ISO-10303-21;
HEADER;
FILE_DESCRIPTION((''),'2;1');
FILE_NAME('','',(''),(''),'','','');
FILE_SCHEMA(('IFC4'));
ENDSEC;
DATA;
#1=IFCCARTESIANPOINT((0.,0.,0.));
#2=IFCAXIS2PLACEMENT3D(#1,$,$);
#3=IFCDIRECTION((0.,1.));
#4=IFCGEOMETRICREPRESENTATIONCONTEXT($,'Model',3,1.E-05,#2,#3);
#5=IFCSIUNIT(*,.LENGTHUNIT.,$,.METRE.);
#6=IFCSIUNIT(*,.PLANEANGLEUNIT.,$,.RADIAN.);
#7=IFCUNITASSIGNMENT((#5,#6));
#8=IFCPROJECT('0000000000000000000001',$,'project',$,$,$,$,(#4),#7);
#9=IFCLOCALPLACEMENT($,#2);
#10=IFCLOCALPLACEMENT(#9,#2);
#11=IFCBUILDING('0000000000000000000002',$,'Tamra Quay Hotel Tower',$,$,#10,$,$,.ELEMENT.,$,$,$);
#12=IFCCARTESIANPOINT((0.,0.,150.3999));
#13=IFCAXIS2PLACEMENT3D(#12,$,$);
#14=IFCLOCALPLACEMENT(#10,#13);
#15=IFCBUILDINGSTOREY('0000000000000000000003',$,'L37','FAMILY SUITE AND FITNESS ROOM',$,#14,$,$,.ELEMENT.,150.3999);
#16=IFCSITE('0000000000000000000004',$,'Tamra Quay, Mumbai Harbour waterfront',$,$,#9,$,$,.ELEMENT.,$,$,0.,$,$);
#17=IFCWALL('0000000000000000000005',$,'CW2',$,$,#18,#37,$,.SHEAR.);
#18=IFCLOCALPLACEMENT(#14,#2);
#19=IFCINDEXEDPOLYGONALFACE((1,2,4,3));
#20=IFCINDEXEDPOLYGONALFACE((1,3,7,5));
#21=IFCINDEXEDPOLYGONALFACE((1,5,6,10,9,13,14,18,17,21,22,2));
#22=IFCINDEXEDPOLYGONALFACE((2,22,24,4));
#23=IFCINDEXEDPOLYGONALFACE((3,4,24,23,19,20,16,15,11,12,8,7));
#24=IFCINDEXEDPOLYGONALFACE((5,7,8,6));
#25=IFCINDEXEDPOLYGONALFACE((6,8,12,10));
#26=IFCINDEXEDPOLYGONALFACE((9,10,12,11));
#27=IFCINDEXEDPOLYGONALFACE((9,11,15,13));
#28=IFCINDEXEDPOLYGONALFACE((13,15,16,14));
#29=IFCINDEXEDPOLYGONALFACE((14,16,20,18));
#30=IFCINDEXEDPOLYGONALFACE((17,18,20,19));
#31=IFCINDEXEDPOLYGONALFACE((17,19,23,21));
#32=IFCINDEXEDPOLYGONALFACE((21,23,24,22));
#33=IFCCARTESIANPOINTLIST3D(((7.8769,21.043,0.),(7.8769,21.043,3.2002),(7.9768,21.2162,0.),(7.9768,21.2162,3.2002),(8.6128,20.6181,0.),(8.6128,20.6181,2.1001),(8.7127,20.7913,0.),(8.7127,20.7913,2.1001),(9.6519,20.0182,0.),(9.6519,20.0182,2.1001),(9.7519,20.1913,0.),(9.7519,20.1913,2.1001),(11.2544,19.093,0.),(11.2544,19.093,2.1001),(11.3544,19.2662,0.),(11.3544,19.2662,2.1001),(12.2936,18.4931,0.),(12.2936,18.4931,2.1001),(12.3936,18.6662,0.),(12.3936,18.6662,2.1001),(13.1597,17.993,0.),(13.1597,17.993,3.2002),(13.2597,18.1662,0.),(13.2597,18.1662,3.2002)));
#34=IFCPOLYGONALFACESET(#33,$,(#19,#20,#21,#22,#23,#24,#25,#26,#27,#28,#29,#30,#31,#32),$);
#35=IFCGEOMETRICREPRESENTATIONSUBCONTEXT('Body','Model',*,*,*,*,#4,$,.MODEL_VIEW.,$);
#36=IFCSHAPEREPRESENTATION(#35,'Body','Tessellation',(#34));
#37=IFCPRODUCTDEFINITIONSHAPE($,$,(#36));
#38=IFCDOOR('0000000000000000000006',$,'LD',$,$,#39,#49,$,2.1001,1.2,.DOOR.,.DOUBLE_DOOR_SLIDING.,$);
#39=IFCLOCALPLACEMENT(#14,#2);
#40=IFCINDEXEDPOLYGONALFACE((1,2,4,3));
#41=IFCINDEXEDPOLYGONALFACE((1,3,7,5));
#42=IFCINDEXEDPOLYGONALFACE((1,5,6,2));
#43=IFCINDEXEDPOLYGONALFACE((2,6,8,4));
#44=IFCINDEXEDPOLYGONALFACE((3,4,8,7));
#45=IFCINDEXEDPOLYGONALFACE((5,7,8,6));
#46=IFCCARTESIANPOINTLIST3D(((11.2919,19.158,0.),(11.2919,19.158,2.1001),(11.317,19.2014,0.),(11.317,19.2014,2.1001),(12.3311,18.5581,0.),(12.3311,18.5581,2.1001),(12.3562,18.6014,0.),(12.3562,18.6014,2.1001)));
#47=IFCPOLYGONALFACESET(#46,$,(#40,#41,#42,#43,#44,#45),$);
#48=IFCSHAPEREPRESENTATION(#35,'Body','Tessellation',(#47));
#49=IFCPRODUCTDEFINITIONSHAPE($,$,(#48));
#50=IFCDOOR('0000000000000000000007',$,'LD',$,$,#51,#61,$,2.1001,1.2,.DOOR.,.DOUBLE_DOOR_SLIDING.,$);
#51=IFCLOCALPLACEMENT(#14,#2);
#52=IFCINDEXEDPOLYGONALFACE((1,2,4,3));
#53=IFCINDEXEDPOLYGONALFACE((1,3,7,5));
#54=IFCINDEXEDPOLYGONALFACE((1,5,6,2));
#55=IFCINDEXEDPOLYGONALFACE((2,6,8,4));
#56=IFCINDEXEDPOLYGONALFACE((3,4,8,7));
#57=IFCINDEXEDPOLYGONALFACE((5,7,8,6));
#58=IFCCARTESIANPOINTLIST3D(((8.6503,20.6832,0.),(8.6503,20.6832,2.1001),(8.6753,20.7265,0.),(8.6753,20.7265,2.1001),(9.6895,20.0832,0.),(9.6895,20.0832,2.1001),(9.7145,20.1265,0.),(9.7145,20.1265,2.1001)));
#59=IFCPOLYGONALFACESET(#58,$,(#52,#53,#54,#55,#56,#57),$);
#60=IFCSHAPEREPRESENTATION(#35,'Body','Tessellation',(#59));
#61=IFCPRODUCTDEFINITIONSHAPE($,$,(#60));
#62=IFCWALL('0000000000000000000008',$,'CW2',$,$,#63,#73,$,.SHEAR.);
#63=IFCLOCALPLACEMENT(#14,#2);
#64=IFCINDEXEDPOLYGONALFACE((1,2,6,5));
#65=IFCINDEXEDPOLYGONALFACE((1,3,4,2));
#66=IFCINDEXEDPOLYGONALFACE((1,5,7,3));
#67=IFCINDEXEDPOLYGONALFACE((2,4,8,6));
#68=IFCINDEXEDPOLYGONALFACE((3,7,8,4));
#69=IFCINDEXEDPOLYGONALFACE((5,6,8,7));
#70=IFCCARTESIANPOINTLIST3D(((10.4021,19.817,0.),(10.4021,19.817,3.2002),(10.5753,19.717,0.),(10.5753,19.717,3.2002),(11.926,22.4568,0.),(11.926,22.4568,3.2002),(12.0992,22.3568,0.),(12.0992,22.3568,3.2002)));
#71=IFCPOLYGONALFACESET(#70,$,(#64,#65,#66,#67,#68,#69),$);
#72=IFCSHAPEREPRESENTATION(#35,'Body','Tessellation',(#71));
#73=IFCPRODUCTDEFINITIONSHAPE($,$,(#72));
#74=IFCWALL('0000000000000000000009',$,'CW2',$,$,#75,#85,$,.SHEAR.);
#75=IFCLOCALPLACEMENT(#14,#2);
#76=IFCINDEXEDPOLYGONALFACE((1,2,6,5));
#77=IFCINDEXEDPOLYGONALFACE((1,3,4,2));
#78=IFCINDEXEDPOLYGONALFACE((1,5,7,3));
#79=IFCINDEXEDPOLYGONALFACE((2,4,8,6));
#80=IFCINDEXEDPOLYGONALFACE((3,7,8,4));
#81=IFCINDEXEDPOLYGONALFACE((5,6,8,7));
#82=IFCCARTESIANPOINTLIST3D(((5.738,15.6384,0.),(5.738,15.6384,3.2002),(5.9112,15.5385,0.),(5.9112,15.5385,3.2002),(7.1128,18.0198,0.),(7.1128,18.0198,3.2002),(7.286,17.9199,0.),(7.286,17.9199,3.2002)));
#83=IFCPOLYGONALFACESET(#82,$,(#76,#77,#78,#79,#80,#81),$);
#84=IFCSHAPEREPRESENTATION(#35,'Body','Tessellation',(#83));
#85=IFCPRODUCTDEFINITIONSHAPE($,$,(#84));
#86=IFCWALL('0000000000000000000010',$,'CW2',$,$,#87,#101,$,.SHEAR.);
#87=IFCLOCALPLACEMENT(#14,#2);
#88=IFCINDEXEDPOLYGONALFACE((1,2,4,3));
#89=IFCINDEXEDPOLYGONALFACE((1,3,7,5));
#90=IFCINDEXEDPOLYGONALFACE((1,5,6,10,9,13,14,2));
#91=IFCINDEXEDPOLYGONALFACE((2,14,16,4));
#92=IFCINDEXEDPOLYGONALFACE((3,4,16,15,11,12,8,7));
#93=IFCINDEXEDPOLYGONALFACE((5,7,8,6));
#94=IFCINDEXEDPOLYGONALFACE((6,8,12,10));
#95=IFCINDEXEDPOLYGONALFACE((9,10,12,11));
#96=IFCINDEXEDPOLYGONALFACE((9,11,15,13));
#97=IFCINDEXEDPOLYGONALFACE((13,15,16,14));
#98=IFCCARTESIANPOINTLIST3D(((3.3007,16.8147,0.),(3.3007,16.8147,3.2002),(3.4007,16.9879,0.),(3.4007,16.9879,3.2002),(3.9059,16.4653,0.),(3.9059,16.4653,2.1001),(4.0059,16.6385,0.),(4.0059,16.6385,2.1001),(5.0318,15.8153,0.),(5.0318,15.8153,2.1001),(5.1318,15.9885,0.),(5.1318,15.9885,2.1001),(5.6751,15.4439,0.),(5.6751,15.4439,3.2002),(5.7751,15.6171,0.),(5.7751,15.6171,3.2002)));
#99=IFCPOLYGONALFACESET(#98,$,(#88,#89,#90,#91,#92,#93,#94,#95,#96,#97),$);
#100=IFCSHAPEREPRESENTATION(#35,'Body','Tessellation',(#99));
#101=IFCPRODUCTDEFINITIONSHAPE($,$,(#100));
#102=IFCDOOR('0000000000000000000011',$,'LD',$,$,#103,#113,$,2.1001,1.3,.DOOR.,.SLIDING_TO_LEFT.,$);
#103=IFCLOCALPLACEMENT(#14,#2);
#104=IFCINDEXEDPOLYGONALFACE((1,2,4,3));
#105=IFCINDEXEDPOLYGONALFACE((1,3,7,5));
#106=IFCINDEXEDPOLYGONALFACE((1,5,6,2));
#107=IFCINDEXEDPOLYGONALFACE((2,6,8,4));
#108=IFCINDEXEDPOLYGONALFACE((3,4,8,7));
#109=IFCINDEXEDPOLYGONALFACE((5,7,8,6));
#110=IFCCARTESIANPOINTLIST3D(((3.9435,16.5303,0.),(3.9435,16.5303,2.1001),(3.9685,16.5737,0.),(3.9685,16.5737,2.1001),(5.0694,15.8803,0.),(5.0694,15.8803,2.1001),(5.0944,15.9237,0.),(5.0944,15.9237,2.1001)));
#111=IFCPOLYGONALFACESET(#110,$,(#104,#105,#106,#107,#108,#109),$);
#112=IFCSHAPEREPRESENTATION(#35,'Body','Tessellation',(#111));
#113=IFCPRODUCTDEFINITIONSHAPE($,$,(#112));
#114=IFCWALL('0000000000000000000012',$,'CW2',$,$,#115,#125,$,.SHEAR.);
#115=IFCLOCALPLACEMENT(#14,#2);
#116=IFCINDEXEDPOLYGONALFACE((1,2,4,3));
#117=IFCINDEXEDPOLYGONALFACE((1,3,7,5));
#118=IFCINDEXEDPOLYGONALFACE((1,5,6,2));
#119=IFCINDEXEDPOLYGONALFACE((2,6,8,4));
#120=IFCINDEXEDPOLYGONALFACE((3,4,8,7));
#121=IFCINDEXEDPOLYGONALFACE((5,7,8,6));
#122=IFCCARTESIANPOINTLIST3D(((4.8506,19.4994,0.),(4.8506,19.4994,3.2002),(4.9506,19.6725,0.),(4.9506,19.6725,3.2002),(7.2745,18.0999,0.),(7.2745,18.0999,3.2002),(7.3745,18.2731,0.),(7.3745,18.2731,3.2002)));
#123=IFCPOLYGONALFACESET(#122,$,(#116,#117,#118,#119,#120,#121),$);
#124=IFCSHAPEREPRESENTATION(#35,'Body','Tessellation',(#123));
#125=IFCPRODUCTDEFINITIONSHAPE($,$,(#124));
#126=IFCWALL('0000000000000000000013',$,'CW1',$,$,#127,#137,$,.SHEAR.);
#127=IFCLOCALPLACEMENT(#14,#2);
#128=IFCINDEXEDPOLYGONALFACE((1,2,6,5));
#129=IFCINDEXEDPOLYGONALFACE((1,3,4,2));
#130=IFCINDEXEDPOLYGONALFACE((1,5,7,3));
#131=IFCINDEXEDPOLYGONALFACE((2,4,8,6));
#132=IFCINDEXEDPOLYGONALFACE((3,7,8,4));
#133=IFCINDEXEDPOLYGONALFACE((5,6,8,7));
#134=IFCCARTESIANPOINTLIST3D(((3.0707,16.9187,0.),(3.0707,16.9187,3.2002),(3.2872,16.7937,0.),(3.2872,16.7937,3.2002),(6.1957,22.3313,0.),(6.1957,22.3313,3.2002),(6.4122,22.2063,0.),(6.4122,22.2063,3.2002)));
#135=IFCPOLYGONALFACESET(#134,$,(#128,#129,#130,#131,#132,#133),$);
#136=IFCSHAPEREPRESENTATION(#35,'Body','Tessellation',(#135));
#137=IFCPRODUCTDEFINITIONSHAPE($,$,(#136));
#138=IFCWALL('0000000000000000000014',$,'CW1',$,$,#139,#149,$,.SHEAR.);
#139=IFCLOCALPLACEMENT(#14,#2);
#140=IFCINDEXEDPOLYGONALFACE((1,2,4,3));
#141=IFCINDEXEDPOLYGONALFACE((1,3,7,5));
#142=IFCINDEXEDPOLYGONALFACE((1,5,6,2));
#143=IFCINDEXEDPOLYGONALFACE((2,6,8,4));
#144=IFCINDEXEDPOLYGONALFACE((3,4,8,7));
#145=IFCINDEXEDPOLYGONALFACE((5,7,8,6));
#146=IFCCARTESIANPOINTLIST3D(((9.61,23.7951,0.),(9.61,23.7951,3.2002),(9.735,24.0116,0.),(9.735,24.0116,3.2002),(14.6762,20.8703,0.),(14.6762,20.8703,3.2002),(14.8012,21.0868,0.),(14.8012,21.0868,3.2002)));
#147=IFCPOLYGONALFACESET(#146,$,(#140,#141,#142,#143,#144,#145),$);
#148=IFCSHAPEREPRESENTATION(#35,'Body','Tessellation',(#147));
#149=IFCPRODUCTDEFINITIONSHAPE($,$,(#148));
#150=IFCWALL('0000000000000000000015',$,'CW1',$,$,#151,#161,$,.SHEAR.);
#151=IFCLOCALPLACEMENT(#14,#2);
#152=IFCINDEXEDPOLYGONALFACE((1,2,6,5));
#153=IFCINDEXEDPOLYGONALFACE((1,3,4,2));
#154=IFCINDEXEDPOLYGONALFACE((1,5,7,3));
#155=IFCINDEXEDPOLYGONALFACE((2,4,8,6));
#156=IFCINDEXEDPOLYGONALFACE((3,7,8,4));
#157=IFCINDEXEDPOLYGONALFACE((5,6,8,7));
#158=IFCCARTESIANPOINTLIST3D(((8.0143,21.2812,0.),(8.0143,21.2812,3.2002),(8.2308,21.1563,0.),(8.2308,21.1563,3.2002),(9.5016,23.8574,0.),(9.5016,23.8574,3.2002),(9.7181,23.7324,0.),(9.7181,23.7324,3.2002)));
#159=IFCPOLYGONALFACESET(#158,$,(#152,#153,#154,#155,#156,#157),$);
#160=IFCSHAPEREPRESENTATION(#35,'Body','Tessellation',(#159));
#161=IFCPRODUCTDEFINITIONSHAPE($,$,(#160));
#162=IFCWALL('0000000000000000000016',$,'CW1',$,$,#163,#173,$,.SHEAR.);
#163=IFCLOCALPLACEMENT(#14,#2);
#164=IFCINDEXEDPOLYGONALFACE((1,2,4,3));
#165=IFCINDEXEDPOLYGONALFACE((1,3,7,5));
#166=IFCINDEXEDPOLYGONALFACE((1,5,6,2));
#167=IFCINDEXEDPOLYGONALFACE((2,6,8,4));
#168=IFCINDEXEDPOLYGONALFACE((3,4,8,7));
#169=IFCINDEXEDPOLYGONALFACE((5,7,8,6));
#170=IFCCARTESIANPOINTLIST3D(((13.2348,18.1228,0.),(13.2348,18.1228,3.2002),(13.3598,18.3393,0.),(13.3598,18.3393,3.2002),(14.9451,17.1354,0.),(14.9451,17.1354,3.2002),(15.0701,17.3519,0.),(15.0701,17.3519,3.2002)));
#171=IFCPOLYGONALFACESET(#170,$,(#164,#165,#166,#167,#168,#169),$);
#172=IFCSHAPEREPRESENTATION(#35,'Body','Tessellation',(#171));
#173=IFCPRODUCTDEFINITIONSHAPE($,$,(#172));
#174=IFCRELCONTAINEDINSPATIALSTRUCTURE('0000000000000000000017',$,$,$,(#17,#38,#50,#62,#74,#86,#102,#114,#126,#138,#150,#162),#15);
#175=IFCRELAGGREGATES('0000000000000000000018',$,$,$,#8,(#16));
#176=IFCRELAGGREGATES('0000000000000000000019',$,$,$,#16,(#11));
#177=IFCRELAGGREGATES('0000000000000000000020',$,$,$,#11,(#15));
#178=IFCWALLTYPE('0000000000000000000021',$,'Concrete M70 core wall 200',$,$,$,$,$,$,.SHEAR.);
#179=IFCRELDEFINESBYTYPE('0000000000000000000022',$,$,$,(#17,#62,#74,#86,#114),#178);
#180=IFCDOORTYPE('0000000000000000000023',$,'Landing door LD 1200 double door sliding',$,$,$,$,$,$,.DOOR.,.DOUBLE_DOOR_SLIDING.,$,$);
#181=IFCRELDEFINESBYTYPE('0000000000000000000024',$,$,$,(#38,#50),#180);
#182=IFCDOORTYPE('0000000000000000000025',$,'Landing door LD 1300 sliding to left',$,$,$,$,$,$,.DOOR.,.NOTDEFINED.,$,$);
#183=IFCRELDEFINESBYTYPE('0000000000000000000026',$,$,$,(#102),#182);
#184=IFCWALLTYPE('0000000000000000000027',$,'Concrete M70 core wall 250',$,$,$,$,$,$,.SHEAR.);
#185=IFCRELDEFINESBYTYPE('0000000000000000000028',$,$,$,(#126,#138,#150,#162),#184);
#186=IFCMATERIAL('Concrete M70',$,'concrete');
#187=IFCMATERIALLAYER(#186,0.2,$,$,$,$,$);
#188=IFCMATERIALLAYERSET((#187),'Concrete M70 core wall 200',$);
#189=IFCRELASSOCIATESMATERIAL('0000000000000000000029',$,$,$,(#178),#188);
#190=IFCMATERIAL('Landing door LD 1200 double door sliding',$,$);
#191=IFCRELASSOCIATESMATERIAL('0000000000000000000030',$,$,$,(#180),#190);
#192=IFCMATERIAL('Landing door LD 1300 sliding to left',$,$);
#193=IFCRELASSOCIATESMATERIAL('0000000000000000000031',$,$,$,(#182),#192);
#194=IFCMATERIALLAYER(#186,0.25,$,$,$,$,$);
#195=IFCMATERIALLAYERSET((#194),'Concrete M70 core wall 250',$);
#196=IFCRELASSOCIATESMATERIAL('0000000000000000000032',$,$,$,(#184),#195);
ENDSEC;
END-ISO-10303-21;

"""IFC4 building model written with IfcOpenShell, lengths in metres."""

from ifc_helpers import new_model, si_unit, direction, frame, frame_2d, origin, place, context, subcontext, project, spatial, rectangle, extrude, material, layer, layer_set, type_object, element, fill, save


model = new_model("IFC4")

# Units and contexts
model_context = context("Model", 3, precision=1e-05, world=origin(), true_north=direction((0.0, 1.0)))
body_context = subcontext(model_context, "Body", "Model", "MODEL_VIEW")
ifc_project = project(units=[si_unit("LENGTHUNIT", "METRE"), si_unit("PLANEANGLEUNIT", "RADIAN")], contexts=[model_context])

# Site, building, storey
site_placement = place(None, origin())
site = spatial("IfcSite", under=ifc_project, at=site_placement, Name="Tamra Quay, Mumbai Harbour waterfront", CompositionType="ELEMENT", RefElevation=0.0)
building_placement = place(site_placement, origin())
building = spatial("IfcBuilding", under=site, at=building_placement, Name="Tamra Quay Hotel Tower", CompositionType="ELEMENT")
storey_placement = place(building_placement, frame((0.0, 0.0, 150.3999)))
storey = spatial("IfcBuildingStorey", under=building, at=storey_placement, Name="L37", Description="FAMILY SUITE AND FITNESS ROOM", CompositionType="ELEMENT", Elevation=150.3999)

# Shared definitions
ifc_material_1 = material(Name="Concrete M70", Category="concrete")

# Wall, openings, doors
ifc_layer_1 = layer(ifc_material_1, 0.2)
ifc_layer_set_1 = layer_set([ifc_layer_1], Name="Concrete M70 core wall 200")
wall_type_1 = type_object("IfcWallType", Name="Concrete M70 core wall 200", PredefinedType="SHEAR", material=ifc_layer_set_1)
wall_1_placement = place(storey_placement, frame((13.2097, 18.0796, 0.0), z_axis=(0.0, 0.0, 1.0), x_axis=(-0.86603, 0.499992, 0.0)))
wall_1 = element("IfcWall", 1, at=wall_1_placement, inside=storey, type_object=wall_type_1, Name="CW2", PredefinedType="SHEAR", context=body_context, shape_type="SweptSolid", body=[
    extrude(rectangle(XDim=6.1001, YDim=0.2, at=frame_2d((3.05, 0.0))), origin(), (0.0, 0.0, 1.0), 3.2002),
])
opening_1_placement = place(wall_1_placement, frame((1.0, 0.0, 0.0)))
opening_1 = element("IfcOpeningElement", 2, at=opening_1_placement, cuts=wall_1, PredefinedType="OPENING", context=body_context, shape_type="SweptSolid", body=[
    extrude(rectangle(XDim=1.2, YDim=2.1001, at=frame_2d((0.6001, 1.05))), frame((0.0, 0.1099, 0.0), z_axis=(0.0, -1.0, 0.0), x_axis=(1.0, 0.0, 0.0)), (0.0, 0.0, 1.0), 0.22),
])
opening_2_placement = place(wall_1_placement, frame((4.0503, 0.0, 0.0)))
opening_2 = element("IfcOpeningElement", 3, at=opening_2_placement, cuts=wall_1, PredefinedType="OPENING", context=body_context, shape_type="SweptSolid", body=[
    extrude(rectangle(XDim=1.2, YDim=2.1001, at=frame_2d((0.6001, 1.05))), frame((0.0, 0.1099, 0.0), z_axis=(0.0, -1.0, 0.0), x_axis=(1.0, 0.0, 0.0)), (0.0, 0.0, 1.0), 0.22),
])
ifc_material_2 = material(Name="Landing door LD 1200 double door sliding")
door_type_1 = type_object("IfcDoorType", Name="Landing door LD 1200 double door sliding", OperationType="DOUBLE_DOOR_SLIDING", PredefinedType="DOOR", material=ifc_material_2)
door_1_placement = place(opening_1_placement, origin())
door_1 = element("IfcDoor", 4, at=door_1_placement, inside=storey, type_object=door_type_1, Name="LD", OperationType="DOUBLE_DOOR_SLIDING", OverallHeight=2.1001, OverallWidth=1.2, PredefinedType="DOOR", context=body_context, shape_type="SweptSolid", body=[
    extrude(rectangle(XDim=1.2, YDim=2.1001, at=frame_2d((0.6001, 1.05))), frame((0.0, 0.0249, 0.0), z_axis=(0.0, -1.0, 0.0), x_axis=(1.0, 0.0, 0.0)), (0.0, 0.0, 1.0), 0.05),
])
fill(opening_1, door_1)
door_2_placement = place(opening_2_placement, origin())
door_2 = element("IfcDoor", 5, at=door_2_placement, inside=storey, type_object=door_type_1, Name="LD", OperationType="DOUBLE_DOOR_SLIDING", OverallHeight=2.1001, OverallWidth=1.2, PredefinedType="DOOR", context=body_context, shape_type="SweptSolid", body=[
    extrude(rectangle(XDim=1.2, YDim=2.1001, at=frame_2d((0.6001, 1.05))), frame((0.0, 0.0249, 0.0), z_axis=(0.0, -1.0, 0.0), x_axis=(1.0, 0.0, 0.0)), (0.0, 0.0, 1.0), 0.05),
])
fill(opening_2, door_2)

# Walls
wall_2_placement = place(storey_placement, frame((10.4888, 19.7671, 0.0), z_axis=(0.0, 0.0, 1.0), x_axis=(0.499947, 0.866056, 0.0)))
element("IfcWall", 6, at=wall_2_placement, inside=storey, type_object=wall_type_1, Name="CW2", PredefinedType="SHEAR", context=body_context, shape_type="SweptSolid", body=[
    extrude(rectangle(XDim=3.0481, YDim=0.2, at=frame_2d((1.5239, 0.0))), origin(), (0.0, 0.0, 1.0), 3.2002),
])
wall_3_placement = place(storey_placement, frame((7.1995, 17.97, 0.0), z_axis=(0.0, 0.0, 1.0), x_axis=(-0.499968, -0.866044, 0.0)))
element("IfcWall", 7, at=wall_3_placement, inside=storey, type_object=wall_type_1, Name="CW2", PredefinedType="SHEAR", context=body_context, shape_type="SweptSolid", body=[
    extrude(rectangle(XDim=2.7498, YDim=0.2, at=frame_2d((1.375, 0.0))), origin(), (0.0, 0.0, 1.0), 3.2002),
])

# Wall, opening, door
wall_4_placement = place(storey_placement, frame((5.7251, 15.5305, 0.0), z_axis=(0.0, 0.0, 1.0), x_axis=(-0.866037, 0.499979, 0.0)))
wall_4 = element("IfcWall", 8, at=wall_4_placement, inside=storey, type_object=wall_type_1, Name="CW2", PredefinedType="SHEAR", context=body_context, shape_type="SweptSolid", body=[
    extrude(rectangle(XDim=2.7417, YDim=0.2, at=frame_2d((1.3708, 0.0))), origin(), (0.0, 0.0, 1.0), 3.2002),
])
opening_3_placement = place(wall_4_placement, frame((0.7429, 0.0, 0.0)))
opening_3 = element("IfcOpeningElement", 9, at=opening_3_placement, cuts=wall_4, PredefinedType="OPENING", context=body_context, shape_type="SweptSolid", body=[
    extrude(rectangle(XDim=1.3, YDim=2.1001, at=frame_2d((0.6499, 1.05))), frame((0.0, 0.1099, 0.0), z_axis=(0.0, -1.0, 0.0), x_axis=(1.0, 0.0, 0.0)), (0.0, 0.0, 1.0), 0.22),
])
ifc_material_3 = material(Name="Landing door LD 1300 sliding to left")
door_type_2 = type_object("IfcDoorType", Name="Landing door LD 1300 sliding to left", OperationType="NOTDEFINED", PredefinedType="DOOR", material=ifc_material_3)
door_3_placement = place(opening_3_placement, origin())
door_3 = element("IfcDoor", 10, at=door_3_placement, inside=storey, type_object=door_type_2, Name="LD", OperationType="SLIDING_TO_LEFT", OverallHeight=2.1001, OverallWidth=1.3, PredefinedType="DOOR", context=body_context, shape_type="SweptSolid", body=[
    extrude(rectangle(XDim=1.3, YDim=2.1001, at=frame_2d((0.6499, 1.05))), frame((0.0, 0.0249, 0.0), z_axis=(0.0, -1.0, 0.0), x_axis=(1.0, 0.0, 0.0)), (0.0, 0.0, 1.0), 0.05),
])
fill(opening_3, door_3)

# Walls
wall_5_placement = place(storey_placement, frame((4.9006, 19.5859, 0.0), z_axis=(0.0, 0.0, 1.0), x_axis=(0.866023, -0.500004, 0.0)))
element("IfcWall", 11, at=wall_5_placement, inside=storey, type_object=wall_type_1, Name="CW2", PredefinedType="SHEAR", context=body_context, shape_type="SweptSolid", body=[
    extrude(rectangle(XDim=2.7988, YDim=0.2, at=frame_2d((1.3994, 0.0))), origin(), (0.0, 0.0, 1.0), 3.2002),
])
ifc_layer_2 = layer(ifc_material_1, 0.25)
ifc_layer_set_2 = layer_set([ifc_layer_2], Name="Concrete M70 core wall 250")
wall_type_2 = type_object("IfcWallType", Name="Concrete M70 core wall 250", PredefinedType="SHEAR", material=ifc_layer_set_2)
wall_6_placement = place(storey_placement, frame((3.179, 16.8562, 0.0), z_axis=(0.0, 0.0, 1.0), x_axis=(0.500004, 0.866023, 0.0)))
element("IfcWall", 12, at=wall_6_placement, inside=storey, type_object=wall_type_2, Name="CW1", PredefinedType="SHEAR", context=body_context, shape_type="SweptSolid", body=[
    extrude(rectangle(XDim=6.25, YDim=0.25, at=frame_2d((3.125, 0.0))), origin(), (0.0, 0.0, 1.0), 3.2002),
])
wall_7_placement = place(storey_placement, frame((9.6726, 23.9033, 0.0), z_axis=(0.0, 0.0, 1.0), x_axis=(0.866036, -0.499981, 0.0)))
element("IfcWall", 13, at=wall_7_placement, inside=storey, type_object=wall_type_2, Name="CW1", PredefinedType="SHEAR", context=body_context, shape_type="SweptSolid", body=[
    extrude(rectangle(XDim=5.8499, YDim=0.25, at=frame_2d((2.9248, 0.0))), origin(), (0.0, 0.0, 1.0), 3.2002),
])
wall_8_placement = place(storey_placement, frame((8.1226, 21.2188, 0.0), z_axis=(0.0, 0.0, 1.0), x_axis=(0.499988, 0.866033, 0.0)))
element("IfcWall", 14, at=wall_8_placement, inside=storey, type_object=wall_type_2, Name="CW1", PredefinedType="SHEAR", context=body_context, shape_type="SweptSolid", body=[
    extrude(rectangle(XDim=2.9746, YDim=0.25, at=frame_2d((1.4873, 0.0))), origin(), (0.0, 0.0, 1.0), 3.2002),
])
wall_9_placement = place(storey_placement, frame((13.2974, 18.231, 0.0), z_axis=(0.0, 0.0, 1.0), x_axis=(0.866044, -0.499969, 0.0)))
element("IfcWall", 15, at=wall_9_placement, inside=storey, type_object=wall_type_2, Name="CW1", PredefinedType="SHEAR", context=body_context, shape_type="SweptSolid", body=[
    extrude(rectangle(XDim=1.9749, YDim=0.25, at=frame_2d((0.9873, 0.0))), origin(), (0.0, 0.0, 1.0), 3.2002),
])

save(model, "model.ifc")
